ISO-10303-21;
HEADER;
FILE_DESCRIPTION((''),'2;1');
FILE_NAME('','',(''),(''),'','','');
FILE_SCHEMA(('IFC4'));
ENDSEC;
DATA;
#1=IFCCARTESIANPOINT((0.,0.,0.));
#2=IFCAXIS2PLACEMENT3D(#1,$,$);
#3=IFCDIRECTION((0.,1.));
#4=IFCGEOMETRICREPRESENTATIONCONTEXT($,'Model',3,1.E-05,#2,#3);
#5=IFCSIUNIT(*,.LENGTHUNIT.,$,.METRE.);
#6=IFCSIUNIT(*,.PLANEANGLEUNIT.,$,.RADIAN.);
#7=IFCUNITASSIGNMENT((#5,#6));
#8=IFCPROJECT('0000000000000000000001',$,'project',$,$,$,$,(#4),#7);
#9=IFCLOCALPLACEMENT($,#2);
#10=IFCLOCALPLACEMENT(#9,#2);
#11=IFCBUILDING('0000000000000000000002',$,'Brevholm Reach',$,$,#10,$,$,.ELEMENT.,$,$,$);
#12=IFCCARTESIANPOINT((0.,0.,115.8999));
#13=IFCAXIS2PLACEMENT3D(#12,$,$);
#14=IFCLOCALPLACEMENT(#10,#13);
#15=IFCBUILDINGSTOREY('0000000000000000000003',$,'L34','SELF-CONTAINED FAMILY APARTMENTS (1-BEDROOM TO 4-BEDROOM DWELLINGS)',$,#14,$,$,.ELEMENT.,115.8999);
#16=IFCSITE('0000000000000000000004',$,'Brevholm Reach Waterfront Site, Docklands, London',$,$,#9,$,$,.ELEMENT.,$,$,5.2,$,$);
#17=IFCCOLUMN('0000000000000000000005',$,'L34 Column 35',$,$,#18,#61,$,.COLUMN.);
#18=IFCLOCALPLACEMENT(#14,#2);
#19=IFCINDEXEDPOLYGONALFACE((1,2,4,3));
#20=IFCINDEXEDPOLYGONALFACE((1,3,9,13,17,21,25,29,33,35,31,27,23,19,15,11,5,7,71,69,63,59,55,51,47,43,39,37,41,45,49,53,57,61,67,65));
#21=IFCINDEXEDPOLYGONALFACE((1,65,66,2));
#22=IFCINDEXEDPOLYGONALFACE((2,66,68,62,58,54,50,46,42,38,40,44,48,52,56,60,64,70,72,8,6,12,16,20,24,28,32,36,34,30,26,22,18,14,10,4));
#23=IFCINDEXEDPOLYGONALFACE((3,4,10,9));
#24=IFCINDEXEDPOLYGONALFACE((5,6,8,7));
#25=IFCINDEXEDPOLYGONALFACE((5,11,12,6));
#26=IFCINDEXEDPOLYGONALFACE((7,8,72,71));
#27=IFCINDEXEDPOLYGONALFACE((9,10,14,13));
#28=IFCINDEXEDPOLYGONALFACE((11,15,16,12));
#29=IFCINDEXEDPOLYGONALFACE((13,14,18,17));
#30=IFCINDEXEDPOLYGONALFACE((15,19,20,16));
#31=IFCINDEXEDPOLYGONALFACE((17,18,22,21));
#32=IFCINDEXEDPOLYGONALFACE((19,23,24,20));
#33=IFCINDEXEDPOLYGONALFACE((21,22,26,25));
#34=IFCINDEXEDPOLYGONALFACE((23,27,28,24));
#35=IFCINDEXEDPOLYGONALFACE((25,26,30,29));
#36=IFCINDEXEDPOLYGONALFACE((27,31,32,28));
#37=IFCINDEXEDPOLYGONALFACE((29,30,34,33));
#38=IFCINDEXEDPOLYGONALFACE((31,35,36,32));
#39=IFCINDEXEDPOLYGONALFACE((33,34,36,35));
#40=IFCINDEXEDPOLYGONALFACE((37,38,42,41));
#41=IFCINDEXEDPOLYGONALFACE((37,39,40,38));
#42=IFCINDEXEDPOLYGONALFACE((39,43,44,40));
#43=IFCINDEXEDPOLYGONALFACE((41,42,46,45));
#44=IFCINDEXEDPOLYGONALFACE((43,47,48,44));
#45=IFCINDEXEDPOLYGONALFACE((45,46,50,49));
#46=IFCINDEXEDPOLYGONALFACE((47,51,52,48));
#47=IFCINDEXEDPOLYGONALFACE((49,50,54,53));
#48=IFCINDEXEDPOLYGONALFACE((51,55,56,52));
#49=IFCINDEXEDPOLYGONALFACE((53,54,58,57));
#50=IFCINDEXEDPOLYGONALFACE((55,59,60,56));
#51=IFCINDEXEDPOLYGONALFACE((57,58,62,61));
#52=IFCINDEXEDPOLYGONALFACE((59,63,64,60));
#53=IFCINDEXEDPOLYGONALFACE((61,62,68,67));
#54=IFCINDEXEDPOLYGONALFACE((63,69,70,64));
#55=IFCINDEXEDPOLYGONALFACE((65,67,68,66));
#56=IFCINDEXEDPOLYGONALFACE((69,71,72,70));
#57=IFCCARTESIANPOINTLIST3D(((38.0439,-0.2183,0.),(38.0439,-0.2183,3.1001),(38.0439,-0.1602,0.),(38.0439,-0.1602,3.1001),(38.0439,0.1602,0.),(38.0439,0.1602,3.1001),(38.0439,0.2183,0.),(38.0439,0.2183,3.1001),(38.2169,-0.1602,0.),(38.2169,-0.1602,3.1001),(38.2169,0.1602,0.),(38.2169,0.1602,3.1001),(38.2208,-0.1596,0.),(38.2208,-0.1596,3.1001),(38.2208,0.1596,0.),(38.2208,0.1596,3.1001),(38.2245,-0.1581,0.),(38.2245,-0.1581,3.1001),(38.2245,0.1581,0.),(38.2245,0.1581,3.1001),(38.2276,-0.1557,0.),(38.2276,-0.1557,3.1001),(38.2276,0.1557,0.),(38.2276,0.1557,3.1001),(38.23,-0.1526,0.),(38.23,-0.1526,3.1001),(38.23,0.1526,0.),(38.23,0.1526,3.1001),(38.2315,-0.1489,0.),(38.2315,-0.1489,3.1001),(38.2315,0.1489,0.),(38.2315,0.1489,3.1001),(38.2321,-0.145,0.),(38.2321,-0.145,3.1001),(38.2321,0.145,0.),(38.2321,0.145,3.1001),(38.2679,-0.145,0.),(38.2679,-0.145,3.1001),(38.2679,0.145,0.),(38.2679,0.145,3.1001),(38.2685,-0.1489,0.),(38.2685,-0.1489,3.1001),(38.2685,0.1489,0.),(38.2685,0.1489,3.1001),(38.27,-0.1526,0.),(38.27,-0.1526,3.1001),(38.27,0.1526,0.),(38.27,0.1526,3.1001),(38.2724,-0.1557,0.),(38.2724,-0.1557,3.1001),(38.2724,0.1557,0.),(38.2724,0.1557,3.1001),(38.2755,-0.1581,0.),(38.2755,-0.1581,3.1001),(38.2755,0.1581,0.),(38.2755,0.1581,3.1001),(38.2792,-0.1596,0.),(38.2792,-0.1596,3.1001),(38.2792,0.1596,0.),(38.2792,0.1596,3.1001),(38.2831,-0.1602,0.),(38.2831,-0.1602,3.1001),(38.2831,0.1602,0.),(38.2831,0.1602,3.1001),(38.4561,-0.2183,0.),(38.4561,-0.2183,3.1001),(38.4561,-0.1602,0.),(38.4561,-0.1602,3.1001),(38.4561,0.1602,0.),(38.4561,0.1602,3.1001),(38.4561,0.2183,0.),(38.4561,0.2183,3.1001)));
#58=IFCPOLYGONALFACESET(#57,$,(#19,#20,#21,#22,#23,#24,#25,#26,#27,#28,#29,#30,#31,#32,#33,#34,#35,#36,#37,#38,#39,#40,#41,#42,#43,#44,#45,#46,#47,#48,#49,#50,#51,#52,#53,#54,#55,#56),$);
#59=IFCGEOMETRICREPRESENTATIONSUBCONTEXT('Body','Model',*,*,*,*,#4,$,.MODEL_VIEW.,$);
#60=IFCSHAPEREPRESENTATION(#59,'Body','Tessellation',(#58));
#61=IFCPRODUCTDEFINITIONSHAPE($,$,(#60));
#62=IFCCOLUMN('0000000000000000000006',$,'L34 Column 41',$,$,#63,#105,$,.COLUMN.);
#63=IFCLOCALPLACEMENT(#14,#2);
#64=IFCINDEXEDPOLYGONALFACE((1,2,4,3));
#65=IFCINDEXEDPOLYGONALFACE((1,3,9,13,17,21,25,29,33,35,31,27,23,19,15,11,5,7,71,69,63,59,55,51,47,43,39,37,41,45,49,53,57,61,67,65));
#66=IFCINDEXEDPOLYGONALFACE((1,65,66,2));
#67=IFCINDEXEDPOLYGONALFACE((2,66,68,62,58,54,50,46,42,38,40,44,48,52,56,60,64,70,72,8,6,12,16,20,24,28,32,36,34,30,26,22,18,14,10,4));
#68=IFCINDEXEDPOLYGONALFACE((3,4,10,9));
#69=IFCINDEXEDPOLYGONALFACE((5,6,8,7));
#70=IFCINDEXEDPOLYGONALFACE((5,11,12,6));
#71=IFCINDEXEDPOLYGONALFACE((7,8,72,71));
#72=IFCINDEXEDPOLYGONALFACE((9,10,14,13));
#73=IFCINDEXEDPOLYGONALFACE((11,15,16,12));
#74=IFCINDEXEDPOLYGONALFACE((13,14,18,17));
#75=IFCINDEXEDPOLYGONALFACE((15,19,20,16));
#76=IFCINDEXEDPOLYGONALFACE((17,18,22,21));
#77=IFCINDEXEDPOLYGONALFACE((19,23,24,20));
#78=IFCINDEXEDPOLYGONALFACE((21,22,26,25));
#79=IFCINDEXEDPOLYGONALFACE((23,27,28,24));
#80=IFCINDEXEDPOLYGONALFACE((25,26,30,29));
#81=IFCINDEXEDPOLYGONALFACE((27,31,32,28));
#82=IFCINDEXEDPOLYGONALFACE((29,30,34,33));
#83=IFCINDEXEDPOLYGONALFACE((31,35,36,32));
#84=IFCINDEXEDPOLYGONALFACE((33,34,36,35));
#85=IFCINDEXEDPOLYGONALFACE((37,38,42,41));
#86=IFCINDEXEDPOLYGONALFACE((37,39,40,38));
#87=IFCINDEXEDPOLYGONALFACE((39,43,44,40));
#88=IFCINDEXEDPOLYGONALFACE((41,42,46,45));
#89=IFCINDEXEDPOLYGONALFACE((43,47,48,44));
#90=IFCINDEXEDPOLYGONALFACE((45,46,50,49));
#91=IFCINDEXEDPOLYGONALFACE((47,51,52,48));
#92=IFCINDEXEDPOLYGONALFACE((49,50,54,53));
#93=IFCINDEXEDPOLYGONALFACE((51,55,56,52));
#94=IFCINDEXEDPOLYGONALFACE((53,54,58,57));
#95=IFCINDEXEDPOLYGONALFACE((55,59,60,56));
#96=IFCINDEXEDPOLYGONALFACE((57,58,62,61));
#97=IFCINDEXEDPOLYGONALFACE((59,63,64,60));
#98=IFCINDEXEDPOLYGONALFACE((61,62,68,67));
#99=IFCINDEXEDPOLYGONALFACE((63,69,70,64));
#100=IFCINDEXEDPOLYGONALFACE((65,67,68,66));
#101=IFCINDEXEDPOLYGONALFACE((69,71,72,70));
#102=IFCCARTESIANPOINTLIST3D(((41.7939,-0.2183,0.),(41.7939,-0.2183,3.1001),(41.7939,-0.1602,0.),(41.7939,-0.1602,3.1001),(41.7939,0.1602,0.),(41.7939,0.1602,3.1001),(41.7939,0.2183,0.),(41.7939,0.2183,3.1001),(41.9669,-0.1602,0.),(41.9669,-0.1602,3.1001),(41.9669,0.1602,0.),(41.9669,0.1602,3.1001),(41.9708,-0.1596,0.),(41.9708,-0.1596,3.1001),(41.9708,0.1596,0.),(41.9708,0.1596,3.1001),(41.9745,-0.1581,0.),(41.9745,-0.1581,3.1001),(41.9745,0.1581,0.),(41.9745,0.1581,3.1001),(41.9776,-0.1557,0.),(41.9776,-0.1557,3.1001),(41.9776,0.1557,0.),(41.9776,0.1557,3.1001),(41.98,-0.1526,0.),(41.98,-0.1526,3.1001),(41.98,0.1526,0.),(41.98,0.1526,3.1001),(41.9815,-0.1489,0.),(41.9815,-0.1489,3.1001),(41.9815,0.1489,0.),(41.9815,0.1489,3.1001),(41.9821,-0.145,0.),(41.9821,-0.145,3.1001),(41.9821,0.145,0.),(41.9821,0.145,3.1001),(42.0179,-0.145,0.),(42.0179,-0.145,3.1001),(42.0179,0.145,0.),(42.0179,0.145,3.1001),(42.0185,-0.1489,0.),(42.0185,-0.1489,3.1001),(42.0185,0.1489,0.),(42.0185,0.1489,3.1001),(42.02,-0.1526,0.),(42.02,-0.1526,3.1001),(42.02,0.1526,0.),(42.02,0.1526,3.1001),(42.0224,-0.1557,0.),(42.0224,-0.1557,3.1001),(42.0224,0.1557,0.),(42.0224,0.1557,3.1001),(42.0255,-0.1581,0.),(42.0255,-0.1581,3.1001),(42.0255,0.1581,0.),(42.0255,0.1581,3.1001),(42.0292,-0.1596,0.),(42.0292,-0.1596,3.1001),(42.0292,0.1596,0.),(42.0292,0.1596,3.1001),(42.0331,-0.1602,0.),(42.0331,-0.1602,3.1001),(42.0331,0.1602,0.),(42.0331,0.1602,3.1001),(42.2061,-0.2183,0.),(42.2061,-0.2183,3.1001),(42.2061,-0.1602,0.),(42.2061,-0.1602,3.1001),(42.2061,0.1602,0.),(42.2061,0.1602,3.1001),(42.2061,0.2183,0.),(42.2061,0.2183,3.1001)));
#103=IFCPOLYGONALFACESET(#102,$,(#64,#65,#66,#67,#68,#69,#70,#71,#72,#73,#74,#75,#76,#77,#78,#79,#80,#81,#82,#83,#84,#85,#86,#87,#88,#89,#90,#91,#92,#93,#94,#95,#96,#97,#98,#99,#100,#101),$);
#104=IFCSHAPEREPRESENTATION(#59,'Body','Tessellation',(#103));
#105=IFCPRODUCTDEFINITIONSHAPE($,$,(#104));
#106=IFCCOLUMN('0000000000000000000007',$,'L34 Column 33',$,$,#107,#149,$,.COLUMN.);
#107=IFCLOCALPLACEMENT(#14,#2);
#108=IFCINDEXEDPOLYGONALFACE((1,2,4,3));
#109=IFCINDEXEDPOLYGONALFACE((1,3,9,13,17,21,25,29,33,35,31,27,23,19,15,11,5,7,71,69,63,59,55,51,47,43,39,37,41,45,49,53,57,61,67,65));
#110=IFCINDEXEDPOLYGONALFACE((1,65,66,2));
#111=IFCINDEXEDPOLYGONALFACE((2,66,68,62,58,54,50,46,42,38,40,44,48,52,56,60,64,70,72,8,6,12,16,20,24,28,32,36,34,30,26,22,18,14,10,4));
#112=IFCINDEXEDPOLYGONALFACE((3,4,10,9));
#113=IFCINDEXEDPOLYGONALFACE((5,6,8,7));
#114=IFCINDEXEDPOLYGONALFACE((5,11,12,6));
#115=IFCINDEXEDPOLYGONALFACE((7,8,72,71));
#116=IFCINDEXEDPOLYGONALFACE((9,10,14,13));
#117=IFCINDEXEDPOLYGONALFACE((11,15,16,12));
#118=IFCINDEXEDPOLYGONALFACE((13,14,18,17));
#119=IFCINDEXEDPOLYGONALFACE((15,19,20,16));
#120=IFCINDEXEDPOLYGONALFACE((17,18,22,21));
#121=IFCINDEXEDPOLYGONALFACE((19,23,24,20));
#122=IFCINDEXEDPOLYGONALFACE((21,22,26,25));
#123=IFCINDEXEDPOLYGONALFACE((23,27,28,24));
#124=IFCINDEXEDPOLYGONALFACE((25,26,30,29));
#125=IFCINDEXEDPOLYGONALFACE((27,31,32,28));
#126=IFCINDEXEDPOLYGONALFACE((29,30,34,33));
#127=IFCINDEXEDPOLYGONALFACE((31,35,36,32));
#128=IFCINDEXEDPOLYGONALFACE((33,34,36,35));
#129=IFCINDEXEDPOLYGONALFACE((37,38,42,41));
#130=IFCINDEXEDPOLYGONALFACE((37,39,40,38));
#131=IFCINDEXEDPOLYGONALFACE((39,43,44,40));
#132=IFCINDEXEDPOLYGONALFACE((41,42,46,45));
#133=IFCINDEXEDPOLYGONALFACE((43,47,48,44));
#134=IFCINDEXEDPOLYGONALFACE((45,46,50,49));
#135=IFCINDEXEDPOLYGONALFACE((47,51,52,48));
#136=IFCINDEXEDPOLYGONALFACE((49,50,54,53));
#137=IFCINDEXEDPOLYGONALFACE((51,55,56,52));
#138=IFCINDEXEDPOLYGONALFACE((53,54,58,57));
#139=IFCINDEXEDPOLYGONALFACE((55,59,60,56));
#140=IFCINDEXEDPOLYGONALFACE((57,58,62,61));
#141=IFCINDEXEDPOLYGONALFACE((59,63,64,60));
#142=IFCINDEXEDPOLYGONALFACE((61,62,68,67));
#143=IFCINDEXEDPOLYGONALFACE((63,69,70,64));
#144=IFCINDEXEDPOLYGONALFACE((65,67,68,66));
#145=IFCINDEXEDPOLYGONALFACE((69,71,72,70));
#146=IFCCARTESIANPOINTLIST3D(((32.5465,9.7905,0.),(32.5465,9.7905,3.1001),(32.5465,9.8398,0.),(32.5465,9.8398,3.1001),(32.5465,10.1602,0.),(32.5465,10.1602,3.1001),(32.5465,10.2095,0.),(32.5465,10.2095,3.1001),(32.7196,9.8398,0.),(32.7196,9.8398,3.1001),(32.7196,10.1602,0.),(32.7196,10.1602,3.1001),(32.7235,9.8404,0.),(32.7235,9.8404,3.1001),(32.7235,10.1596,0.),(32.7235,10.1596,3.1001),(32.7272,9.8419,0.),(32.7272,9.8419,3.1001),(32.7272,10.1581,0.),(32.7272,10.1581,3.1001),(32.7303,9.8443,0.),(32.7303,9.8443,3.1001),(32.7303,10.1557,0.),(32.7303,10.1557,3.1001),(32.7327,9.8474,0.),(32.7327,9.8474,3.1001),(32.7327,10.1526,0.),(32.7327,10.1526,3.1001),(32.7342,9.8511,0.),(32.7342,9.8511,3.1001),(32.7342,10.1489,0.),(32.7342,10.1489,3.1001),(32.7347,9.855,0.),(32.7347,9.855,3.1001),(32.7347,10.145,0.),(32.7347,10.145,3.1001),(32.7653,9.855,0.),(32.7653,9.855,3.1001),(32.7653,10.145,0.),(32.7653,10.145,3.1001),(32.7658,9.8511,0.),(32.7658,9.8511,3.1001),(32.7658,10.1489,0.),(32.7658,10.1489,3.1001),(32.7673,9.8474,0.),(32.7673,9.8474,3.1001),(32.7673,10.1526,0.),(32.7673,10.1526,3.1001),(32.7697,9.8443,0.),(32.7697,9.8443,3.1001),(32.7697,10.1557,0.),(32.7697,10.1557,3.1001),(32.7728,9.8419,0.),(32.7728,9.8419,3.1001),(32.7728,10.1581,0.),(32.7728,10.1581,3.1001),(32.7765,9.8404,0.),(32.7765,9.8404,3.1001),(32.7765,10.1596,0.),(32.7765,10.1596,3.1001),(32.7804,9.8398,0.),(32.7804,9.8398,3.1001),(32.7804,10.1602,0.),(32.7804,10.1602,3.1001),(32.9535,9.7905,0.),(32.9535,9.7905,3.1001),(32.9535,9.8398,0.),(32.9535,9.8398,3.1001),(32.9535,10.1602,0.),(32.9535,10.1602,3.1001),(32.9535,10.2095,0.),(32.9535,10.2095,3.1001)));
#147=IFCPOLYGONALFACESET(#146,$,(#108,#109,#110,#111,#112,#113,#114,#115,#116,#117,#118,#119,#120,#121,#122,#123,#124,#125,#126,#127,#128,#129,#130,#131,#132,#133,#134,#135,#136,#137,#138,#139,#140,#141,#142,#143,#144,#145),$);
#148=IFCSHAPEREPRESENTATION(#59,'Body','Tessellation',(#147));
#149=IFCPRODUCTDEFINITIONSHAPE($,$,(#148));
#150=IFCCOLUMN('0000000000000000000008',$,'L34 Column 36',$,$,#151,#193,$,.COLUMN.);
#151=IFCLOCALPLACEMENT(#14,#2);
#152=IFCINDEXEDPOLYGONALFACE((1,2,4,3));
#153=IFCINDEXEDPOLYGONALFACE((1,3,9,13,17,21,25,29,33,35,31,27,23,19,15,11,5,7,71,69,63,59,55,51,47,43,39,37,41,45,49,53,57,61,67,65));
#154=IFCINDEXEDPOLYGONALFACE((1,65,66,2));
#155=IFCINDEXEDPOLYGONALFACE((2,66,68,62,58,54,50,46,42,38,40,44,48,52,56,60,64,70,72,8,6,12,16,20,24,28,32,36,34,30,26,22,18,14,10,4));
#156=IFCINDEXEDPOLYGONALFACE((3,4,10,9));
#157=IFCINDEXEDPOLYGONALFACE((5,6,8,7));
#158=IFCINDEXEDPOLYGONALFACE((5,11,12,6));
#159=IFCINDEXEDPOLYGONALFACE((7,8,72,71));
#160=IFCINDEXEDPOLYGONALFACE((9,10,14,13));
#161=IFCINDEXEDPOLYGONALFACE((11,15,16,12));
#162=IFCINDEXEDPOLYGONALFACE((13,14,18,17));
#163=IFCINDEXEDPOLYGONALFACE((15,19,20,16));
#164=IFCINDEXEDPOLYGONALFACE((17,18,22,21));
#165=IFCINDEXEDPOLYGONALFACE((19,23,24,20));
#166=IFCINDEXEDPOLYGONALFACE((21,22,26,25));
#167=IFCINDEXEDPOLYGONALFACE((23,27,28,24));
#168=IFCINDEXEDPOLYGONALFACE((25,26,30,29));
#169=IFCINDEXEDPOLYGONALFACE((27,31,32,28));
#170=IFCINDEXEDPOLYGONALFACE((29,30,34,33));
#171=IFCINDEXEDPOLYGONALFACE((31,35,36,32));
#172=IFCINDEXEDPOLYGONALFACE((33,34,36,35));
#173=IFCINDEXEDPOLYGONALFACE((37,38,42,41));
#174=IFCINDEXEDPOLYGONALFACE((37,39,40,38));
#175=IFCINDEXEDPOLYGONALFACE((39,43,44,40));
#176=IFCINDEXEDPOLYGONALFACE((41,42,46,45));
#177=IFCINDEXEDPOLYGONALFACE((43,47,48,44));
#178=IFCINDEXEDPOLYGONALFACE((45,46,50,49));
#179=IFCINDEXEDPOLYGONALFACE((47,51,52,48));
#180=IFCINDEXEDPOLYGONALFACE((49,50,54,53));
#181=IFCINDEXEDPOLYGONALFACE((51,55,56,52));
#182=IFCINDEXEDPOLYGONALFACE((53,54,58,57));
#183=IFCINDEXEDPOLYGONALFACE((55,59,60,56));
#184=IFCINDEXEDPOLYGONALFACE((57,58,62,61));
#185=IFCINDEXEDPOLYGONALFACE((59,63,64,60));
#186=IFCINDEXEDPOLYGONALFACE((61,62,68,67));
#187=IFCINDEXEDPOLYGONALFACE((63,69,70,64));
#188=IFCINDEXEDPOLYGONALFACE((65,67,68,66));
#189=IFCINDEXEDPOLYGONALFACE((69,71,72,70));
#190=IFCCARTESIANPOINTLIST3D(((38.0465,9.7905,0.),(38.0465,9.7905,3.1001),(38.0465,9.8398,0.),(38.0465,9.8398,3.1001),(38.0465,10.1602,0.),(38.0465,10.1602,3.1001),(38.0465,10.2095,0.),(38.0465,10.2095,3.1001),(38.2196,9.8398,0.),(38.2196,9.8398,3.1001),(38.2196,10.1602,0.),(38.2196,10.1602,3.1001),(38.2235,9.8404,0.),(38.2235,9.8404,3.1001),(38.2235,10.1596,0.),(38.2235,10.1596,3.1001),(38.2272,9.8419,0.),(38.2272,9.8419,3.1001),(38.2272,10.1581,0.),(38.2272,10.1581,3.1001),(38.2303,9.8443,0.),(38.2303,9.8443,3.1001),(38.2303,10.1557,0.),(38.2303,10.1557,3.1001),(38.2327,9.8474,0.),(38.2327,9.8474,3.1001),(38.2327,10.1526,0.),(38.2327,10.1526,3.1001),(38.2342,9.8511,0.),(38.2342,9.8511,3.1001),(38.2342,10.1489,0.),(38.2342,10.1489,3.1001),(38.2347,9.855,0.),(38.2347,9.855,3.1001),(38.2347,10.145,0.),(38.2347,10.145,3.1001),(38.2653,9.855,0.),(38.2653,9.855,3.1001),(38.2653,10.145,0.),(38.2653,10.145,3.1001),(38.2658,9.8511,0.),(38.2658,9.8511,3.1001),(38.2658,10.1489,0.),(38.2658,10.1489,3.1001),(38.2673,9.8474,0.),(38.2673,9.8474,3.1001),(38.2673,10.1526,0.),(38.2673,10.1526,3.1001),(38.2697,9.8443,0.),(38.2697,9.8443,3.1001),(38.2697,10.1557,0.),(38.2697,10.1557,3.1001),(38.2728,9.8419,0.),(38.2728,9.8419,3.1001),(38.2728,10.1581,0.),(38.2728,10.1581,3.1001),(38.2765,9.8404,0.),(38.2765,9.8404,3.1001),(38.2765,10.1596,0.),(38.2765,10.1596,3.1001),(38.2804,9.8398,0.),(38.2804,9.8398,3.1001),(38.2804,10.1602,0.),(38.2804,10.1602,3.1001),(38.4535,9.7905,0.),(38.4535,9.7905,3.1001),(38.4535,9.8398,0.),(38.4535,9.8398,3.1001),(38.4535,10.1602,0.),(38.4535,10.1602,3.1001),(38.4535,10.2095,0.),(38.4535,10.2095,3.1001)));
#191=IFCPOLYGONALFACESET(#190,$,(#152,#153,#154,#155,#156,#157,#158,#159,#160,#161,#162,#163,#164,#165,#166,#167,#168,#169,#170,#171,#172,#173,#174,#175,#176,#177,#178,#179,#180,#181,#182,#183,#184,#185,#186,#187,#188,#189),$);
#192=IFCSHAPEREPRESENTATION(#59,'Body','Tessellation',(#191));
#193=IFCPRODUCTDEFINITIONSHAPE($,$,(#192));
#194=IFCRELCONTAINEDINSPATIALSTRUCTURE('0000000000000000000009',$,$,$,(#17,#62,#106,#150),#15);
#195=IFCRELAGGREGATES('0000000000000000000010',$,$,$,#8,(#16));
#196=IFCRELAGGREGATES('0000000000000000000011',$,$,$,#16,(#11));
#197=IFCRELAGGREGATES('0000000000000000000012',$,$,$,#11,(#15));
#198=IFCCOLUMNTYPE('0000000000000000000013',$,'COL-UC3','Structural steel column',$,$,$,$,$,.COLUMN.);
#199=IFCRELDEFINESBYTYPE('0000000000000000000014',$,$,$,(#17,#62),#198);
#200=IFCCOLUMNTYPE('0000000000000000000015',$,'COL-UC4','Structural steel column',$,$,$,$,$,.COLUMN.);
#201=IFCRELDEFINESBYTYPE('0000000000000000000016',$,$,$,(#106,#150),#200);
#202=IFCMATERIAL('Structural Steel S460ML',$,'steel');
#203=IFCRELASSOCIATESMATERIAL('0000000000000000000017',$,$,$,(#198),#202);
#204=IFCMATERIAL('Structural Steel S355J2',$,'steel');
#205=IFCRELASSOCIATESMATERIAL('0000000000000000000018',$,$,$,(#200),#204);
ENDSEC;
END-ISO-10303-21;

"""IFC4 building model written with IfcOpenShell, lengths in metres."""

from ifc_helpers import new_model, si_unit, direction, frame, origin, origin_2d, place, context, subcontext, project, spatial, i_section, extrude, material, material_profile, profile_set, type_object, element, save


model = new_model("IFC4")

# Units and contexts
model_context = context("Model", 3, precision=1e-05, world=origin(), true_north=direction((0.0, 1.0)))
body_context = subcontext(model_context, "Body", "Model", "MODEL_VIEW")
ifc_project = project(units=[si_unit("LENGTHUNIT", "METRE"), si_unit("PLANEANGLEUNIT", "RADIAN")], contexts=[model_context])

# Site, building, storey
site_placement = place(None, origin())
site = spatial("IfcSite", under=ifc_project, at=site_placement, Name="Brevholm Reach Waterfront Site, Docklands, London", CompositionType="ELEMENT", RefElevation=5.2)
building_placement = place(site_placement, origin())
building = spatial("IfcBuilding", under=site, at=building_placement, Name="Brevholm Reach", CompositionType="ELEMENT")
storey_placement = place(building_placement, frame((0.0, 0.0, 115.8999)))
storey = spatial("IfcBuildingStorey", under=building, at=storey_placement, Name="L34", Description="SELF-CONTAINED FAMILY APARTMENTS (1-BEDROOM TO 4-BEDROOM DWELLINGS)", CompositionType="ELEMENT", Elevation=115.8999)

# Columns
ifc_material_1 = material(Name="Structural Steel S460ML", Category="steel")
ifc_material_profile_1 = material_profile(ifc_material_1, i_section(OverallWidth=0.4121, OverallDepth=0.4365, WebThickness=0.0359, FlangeThickness=0.0581, FilletRadius=0.0151, at=origin_2d()), Name="UKC 356x406x467")
ifc_profile_set_1 = profile_set([ifc_material_profile_1], Name="Structural Steel S460ML")
column_type_1 = type_object("IfcColumnType", Name="COL-UC3", Description="Structural steel column", PredefinedType="COLUMN", material=ifc_profile_set_1)
for number, where, z_axis, x_axis, name in (
    (1, (38.25, 0.0, 0.0), (0.0, 0.0, 1.0), (1.0, 0.0, 0.0), "L34 Column 35"),
    (2, (42.0, 0.0, 0.0), (0.0, 0.0, 1.0), (1.0, 0.0, 0.0), "L34 Column 41"),
):
    element("IfcColumn", number, at=place(storey_placement, frame(where, z_axis=z_axis, x_axis=x_axis)), inside=storey, type_object=column_type_1, Name=name, PredefinedType="COLUMN", context=body_context, shape_type="SweptSolid", body=[
        extrude(i_section(OverallWidth=0.4121, OverallDepth=0.4365, WebThickness=0.0359, FlangeThickness=0.0581, FilletRadius=0.0151, at=origin_2d()), origin(), (0.0, 0.0, 1.0), 3.1001),
    ])
ifc_material_2 = material(Name="Structural Steel S355J2", Category="steel")
ifc_material_profile_2 = material_profile(ifc_material_2, i_section(OverallWidth=0.407, OverallDepth=0.4189, WebThickness=0.0305, FlangeThickness=0.0493, FilletRadius=0.0151, at=origin_2d()), Name="UKC 356x406x393")
ifc_profile_set_2 = profile_set([ifc_material_profile_2], Name="Structural Steel S355J2")
column_type_2 = type_object("IfcColumnType", Name="COL-UC4", Description="Structural steel column", PredefinedType="COLUMN", material=ifc_profile_set_2)
for number, where, z_axis, x_axis, name in (
    (3, (32.75, 10.0, 0.0), (0.0, 0.0, 1.0), (1.0, 0.0, 0.0), "L34 Column 33"),
    (4, (38.25, 10.0, 0.0), (0.0, 0.0, 1.0), (1.0, 0.0, 0.0), "L34 Column 36"),
):
    element("IfcColumn", number, at=place(storey_placement, frame(where, z_axis=z_axis, x_axis=x_axis)), inside=storey, type_object=column_type_2, Name=name, PredefinedType="COLUMN", context=body_context, shape_type="SweptSolid", body=[
        extrude(i_section(OverallWidth=0.407, OverallDepth=0.4189, WebThickness=0.0305, FlangeThickness=0.0493, FilletRadius=0.0151, at=origin_2d()), origin(), (0.0, 0.0, 1.0), 3.1001),
    ])

save(model, "model.ifc")
